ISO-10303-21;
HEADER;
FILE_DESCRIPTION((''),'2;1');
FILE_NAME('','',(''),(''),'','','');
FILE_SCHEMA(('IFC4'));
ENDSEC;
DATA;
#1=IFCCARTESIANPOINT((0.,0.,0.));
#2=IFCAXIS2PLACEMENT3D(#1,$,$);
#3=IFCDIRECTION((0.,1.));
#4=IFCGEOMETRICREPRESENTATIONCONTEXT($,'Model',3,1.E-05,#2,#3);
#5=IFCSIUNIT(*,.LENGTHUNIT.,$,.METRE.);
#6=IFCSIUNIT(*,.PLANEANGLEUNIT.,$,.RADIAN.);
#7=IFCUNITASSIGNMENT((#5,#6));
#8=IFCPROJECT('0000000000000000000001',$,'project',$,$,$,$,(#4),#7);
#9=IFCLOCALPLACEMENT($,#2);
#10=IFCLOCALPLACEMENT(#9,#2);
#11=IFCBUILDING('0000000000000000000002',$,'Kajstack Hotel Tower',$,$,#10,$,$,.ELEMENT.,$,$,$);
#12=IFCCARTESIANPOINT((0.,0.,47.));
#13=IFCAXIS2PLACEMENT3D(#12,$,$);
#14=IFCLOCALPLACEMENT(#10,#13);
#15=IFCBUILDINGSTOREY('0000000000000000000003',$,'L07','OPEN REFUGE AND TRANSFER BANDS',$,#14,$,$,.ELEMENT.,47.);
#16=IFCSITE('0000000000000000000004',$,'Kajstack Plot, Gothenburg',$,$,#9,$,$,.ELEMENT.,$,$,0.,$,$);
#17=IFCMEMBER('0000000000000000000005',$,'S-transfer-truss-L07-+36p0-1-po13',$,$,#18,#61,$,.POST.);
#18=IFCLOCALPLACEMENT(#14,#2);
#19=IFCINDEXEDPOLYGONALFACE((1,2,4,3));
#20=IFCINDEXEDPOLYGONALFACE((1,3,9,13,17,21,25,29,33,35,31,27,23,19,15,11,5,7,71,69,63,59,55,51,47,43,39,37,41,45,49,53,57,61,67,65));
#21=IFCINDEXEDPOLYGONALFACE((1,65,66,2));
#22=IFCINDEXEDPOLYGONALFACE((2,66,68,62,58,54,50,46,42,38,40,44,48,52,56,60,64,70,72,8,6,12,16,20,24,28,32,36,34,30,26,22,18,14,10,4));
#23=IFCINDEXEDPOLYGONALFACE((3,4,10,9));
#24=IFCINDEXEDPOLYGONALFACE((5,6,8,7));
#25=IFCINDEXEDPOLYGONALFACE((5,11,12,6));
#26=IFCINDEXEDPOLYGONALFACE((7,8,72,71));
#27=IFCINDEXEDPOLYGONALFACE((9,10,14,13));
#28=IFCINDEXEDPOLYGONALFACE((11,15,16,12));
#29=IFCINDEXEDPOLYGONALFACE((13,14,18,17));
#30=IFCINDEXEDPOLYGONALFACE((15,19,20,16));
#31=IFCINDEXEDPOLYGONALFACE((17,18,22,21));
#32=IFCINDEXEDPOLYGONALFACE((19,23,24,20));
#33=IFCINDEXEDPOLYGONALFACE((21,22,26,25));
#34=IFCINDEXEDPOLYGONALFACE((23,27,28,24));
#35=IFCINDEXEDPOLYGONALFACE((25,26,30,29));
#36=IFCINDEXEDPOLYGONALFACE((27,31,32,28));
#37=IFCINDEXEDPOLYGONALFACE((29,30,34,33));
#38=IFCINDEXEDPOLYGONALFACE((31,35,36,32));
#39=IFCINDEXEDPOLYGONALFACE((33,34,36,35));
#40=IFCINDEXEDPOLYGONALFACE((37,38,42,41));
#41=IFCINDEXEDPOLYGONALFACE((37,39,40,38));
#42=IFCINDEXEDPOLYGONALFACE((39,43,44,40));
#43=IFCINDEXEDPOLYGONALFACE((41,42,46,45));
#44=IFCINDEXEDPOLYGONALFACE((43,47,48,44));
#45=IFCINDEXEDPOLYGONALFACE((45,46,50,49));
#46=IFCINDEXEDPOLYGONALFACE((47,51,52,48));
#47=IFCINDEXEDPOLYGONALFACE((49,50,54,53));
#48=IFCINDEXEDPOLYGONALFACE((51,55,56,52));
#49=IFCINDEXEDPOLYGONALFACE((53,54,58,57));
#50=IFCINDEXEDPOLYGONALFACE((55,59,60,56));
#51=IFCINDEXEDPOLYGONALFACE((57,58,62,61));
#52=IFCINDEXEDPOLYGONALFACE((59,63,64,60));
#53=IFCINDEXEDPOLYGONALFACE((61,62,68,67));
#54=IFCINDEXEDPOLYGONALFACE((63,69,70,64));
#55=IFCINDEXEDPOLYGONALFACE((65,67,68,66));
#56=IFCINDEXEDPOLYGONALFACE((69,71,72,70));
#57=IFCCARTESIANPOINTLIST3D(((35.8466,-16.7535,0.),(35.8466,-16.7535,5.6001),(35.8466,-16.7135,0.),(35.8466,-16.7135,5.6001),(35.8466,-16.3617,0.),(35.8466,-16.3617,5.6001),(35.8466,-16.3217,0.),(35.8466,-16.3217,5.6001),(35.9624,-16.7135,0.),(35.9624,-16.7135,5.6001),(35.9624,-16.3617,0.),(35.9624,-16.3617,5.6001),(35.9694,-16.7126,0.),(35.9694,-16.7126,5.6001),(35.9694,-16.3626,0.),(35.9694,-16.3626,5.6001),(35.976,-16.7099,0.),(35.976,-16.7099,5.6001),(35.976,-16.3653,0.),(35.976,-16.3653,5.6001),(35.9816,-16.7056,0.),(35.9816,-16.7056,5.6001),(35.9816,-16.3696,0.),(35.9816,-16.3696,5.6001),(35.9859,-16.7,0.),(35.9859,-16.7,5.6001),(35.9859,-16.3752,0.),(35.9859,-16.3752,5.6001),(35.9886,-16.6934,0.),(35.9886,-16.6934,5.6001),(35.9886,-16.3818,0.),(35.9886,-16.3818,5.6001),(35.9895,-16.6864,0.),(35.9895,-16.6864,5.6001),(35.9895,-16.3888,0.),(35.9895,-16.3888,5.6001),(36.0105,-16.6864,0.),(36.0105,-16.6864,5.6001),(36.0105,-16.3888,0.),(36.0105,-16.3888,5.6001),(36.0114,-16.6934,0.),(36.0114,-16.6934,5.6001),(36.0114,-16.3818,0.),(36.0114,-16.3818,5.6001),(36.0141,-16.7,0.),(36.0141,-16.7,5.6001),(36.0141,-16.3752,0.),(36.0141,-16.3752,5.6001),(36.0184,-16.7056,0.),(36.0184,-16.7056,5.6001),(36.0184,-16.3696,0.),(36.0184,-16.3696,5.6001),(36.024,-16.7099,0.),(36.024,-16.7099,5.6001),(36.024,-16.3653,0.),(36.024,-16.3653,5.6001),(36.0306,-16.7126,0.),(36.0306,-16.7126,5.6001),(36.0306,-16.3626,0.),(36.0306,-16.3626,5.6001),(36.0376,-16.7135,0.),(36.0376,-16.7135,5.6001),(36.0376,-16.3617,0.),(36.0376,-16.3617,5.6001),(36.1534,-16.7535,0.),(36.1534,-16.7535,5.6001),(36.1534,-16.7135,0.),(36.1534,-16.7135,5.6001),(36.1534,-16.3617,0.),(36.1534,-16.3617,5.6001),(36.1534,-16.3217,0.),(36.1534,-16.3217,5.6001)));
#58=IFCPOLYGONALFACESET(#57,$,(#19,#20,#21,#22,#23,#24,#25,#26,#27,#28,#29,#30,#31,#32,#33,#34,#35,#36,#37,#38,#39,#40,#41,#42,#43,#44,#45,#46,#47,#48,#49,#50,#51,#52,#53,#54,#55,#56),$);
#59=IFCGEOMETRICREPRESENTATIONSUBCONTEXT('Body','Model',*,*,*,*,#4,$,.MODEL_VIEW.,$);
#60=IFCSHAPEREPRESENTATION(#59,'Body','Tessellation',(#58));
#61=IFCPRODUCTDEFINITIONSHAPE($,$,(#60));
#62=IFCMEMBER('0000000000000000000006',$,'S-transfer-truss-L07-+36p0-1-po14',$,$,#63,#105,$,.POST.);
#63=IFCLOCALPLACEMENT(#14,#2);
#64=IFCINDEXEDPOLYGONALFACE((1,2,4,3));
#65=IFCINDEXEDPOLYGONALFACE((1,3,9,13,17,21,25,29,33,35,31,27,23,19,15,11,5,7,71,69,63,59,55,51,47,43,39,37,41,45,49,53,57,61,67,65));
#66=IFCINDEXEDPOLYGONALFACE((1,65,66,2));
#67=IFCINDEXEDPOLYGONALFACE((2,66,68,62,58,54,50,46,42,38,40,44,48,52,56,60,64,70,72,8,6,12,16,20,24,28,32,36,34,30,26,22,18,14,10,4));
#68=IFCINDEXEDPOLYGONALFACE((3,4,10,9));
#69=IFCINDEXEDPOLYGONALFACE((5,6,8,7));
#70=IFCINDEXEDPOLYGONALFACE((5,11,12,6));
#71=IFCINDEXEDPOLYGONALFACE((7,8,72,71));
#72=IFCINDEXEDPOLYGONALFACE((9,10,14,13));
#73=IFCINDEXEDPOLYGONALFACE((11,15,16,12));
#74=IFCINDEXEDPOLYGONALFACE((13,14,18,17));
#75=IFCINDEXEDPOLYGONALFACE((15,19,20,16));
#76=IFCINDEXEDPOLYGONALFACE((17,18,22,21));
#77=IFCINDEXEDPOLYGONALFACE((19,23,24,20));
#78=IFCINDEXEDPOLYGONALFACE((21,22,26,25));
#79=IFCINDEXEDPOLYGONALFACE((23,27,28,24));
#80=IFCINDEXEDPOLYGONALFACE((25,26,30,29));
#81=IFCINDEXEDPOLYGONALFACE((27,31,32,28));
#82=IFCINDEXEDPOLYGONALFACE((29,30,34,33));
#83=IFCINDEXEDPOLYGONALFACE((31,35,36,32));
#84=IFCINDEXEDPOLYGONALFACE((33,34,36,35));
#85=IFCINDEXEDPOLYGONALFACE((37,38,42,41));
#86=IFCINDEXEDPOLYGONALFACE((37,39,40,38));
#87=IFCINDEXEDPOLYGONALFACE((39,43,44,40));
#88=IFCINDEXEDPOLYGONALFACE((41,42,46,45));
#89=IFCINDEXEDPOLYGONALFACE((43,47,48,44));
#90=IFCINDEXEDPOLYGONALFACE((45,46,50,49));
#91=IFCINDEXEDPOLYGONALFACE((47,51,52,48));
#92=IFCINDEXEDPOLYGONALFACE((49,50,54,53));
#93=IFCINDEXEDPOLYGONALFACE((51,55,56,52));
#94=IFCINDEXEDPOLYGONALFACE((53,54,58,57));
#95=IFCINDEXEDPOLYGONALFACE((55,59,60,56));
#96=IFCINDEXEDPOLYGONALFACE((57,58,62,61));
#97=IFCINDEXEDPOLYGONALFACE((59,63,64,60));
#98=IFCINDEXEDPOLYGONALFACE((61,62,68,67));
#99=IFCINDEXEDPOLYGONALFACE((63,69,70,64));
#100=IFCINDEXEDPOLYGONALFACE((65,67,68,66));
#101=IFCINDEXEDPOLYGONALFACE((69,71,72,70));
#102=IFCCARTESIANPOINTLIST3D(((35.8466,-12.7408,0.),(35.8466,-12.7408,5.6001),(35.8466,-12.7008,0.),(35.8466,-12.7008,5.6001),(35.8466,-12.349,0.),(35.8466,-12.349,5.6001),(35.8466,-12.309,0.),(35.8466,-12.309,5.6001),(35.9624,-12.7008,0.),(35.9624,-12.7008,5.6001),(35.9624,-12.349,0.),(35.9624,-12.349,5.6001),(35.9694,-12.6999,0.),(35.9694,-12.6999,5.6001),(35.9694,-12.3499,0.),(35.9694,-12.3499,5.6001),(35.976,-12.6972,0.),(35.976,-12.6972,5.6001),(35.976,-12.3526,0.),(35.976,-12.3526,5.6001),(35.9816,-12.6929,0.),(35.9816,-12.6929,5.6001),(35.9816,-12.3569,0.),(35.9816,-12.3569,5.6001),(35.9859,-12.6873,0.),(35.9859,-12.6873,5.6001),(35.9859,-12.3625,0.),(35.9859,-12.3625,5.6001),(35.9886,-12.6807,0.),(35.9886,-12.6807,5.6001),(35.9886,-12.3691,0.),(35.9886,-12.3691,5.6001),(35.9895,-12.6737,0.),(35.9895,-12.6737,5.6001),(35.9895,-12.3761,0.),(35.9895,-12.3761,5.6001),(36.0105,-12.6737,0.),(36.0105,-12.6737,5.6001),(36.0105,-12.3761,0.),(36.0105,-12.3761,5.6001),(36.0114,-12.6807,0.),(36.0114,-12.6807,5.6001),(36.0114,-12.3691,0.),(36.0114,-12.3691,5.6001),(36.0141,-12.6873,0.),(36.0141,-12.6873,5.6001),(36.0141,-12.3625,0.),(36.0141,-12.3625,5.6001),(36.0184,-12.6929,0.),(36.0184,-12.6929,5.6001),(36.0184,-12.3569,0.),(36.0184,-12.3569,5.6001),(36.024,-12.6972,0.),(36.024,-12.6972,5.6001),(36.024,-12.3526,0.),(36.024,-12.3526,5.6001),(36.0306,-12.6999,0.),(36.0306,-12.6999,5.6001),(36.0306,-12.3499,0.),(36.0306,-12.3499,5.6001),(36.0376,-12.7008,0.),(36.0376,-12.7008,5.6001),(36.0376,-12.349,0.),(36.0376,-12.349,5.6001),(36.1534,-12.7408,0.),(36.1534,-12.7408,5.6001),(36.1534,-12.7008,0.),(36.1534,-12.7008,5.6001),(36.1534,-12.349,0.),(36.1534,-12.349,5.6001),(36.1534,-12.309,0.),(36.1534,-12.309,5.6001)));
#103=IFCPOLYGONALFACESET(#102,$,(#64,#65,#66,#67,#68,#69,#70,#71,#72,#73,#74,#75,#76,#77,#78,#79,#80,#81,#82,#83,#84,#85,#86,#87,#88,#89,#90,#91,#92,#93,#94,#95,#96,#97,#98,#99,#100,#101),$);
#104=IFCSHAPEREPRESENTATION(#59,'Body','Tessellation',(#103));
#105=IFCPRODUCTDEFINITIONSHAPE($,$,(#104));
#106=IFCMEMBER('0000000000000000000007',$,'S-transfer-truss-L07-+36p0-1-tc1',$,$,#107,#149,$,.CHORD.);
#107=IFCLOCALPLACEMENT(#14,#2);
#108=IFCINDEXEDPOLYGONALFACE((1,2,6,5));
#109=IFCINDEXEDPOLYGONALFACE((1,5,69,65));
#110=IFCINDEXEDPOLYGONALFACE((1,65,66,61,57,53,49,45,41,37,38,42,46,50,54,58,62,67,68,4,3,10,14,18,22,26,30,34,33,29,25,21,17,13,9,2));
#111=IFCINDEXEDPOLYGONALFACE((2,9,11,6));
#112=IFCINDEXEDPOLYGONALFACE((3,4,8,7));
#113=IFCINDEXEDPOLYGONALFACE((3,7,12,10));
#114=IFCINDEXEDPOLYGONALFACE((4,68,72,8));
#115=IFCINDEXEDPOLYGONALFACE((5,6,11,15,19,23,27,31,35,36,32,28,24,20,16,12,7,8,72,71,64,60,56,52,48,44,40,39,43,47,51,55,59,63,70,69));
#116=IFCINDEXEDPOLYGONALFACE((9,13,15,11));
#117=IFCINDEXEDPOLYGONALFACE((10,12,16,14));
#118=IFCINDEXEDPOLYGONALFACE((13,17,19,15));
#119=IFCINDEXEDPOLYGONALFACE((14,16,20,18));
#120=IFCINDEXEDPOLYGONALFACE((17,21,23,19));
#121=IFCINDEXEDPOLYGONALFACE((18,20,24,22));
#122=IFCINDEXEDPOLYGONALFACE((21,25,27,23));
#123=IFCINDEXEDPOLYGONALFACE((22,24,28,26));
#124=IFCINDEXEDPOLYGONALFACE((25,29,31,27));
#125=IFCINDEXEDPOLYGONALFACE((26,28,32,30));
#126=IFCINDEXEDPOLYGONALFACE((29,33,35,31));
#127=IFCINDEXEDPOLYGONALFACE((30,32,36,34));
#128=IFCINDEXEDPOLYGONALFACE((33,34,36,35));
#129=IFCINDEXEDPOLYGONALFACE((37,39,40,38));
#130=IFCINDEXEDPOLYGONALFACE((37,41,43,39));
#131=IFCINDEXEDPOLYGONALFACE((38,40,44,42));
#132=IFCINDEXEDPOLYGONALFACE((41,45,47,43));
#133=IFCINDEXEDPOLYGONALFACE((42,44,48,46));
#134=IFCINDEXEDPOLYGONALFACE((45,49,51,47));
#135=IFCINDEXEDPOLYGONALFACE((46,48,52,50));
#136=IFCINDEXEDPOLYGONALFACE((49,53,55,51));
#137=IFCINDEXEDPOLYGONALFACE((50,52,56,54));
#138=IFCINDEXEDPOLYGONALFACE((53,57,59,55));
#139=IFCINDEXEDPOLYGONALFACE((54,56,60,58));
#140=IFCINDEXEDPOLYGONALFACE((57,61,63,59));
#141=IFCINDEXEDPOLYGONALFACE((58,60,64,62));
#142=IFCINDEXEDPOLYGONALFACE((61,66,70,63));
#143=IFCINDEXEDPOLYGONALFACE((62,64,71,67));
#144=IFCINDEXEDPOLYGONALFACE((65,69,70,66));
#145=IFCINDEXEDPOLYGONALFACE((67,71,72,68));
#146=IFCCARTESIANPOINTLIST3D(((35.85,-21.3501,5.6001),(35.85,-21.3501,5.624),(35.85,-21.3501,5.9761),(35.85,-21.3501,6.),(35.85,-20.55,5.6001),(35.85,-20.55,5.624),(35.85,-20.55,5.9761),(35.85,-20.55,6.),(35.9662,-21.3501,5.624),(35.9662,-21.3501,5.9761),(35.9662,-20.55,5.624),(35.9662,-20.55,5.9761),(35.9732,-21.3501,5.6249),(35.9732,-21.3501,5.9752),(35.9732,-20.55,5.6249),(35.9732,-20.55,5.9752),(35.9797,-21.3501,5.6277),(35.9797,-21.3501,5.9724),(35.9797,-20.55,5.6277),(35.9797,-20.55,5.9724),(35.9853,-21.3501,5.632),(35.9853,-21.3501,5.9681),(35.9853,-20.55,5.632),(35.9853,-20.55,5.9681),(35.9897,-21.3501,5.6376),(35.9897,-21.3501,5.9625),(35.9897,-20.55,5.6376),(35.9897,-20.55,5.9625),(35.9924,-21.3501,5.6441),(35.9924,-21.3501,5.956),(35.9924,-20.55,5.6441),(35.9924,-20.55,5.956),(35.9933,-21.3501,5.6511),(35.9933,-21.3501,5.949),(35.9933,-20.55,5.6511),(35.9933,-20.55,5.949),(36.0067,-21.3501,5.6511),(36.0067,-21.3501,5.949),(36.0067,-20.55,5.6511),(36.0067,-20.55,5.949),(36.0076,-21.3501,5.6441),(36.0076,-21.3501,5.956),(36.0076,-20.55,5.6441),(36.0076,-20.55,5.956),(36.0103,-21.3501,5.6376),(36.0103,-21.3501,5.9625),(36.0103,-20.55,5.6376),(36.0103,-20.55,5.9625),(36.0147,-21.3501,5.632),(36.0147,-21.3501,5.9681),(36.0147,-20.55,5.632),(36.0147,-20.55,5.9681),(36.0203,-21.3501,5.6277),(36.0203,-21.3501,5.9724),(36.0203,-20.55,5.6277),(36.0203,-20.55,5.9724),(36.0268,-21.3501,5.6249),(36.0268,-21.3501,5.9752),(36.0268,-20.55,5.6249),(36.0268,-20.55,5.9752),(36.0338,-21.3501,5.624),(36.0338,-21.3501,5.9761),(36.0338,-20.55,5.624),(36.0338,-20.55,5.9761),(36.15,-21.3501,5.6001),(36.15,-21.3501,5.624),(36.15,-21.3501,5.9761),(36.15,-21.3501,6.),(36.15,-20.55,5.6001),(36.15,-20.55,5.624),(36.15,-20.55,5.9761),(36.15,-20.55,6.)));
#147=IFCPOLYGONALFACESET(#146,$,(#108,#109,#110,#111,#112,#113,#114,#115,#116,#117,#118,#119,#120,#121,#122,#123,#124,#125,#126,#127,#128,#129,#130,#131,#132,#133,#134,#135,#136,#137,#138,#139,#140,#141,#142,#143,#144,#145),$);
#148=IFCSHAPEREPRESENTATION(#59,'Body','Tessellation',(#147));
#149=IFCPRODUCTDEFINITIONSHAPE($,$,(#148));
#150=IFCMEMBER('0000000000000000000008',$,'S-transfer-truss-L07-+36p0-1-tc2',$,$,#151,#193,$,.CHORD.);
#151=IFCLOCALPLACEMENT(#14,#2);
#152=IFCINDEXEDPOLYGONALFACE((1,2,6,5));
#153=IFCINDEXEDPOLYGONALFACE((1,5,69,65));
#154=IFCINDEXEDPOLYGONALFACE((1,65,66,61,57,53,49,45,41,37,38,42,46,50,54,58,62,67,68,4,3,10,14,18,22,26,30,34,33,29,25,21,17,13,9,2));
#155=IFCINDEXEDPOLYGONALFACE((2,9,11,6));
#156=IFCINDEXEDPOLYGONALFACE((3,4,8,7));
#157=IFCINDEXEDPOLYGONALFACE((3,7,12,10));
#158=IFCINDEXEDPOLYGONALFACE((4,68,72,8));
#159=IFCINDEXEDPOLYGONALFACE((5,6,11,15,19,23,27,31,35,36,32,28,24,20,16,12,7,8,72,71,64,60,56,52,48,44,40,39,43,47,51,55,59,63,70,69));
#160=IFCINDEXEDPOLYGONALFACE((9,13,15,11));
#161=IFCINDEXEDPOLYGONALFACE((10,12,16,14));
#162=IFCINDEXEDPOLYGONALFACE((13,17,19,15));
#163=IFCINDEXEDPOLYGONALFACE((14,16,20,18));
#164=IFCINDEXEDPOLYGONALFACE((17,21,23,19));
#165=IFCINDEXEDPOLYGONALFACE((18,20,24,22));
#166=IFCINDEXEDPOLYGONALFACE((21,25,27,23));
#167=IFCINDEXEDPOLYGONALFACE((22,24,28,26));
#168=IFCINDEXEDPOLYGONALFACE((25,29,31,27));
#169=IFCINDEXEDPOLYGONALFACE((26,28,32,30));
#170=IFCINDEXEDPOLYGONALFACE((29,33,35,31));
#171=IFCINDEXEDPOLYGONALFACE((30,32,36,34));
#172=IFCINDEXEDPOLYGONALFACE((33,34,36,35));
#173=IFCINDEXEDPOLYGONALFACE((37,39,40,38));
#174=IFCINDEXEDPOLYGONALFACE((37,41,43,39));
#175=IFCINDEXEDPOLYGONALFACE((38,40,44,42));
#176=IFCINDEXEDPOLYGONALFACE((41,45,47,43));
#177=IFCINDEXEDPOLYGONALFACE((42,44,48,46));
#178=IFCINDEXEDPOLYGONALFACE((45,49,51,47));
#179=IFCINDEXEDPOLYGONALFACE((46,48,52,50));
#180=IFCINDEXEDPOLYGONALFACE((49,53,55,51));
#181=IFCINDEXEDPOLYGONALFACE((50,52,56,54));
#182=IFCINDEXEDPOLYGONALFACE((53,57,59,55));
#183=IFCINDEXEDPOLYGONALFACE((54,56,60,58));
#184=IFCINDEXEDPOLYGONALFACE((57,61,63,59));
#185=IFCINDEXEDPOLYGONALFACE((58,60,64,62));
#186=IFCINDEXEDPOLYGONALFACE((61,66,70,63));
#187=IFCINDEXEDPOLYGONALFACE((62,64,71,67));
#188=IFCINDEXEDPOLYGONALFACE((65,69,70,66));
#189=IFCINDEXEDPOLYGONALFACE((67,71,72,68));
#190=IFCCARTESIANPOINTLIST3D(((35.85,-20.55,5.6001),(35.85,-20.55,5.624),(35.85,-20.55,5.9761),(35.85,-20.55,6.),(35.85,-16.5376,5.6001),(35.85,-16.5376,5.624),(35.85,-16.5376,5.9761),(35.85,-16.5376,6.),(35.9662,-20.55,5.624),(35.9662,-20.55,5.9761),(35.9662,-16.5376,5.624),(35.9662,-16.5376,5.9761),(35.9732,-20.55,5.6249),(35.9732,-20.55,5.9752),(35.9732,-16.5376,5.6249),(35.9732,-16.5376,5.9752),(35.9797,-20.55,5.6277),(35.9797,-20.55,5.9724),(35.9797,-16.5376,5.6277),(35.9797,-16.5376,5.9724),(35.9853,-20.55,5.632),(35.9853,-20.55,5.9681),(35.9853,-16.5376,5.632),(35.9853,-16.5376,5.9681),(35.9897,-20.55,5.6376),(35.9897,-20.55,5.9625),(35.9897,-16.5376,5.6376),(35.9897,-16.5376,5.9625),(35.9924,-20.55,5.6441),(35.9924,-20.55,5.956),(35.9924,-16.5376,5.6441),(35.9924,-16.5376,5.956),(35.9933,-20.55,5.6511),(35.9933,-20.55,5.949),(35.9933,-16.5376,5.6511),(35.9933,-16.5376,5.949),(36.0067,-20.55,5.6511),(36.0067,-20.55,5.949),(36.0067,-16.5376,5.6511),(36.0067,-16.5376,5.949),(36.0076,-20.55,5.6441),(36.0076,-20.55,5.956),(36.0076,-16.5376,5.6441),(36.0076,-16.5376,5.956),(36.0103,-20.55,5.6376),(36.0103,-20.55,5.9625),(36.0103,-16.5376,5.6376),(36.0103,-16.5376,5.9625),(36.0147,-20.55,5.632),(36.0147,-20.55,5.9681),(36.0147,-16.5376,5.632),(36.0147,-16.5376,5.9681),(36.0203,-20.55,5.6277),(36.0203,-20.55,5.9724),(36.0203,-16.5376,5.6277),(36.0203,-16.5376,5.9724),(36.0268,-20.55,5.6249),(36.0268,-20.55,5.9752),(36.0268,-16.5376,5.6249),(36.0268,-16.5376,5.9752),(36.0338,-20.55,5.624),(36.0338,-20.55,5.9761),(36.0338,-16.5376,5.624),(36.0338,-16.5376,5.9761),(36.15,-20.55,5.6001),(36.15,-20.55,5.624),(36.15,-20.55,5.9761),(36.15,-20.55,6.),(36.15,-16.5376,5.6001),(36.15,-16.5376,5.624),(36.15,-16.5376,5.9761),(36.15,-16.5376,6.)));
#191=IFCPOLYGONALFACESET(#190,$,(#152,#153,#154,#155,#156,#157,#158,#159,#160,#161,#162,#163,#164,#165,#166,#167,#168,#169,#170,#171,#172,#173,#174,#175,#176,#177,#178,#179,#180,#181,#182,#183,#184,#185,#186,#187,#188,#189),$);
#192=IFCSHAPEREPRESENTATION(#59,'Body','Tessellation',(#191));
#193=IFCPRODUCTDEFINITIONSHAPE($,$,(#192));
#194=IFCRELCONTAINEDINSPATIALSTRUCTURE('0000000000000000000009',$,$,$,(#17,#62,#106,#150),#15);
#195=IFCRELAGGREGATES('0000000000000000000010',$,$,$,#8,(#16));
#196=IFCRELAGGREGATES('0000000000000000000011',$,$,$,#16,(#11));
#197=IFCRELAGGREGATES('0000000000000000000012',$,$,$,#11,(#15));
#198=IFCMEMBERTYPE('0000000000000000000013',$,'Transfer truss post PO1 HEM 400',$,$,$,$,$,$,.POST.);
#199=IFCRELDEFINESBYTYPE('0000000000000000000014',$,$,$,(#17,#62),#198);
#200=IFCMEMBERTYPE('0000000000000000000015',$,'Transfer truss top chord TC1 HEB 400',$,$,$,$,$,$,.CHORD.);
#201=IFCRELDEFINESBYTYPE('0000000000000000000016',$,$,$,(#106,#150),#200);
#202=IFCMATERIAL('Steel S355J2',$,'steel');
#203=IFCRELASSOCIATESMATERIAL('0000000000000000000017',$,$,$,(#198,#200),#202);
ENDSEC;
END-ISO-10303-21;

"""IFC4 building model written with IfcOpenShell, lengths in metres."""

from ifc_helpers import new_model, si_unit, direction, frame, origin, origin_2d, place, context, subcontext, project, spatial, i_section, extrude, material, material_profile, profile_set, type_object, element, save


model = new_model("IFC4")

# Units and contexts
model_context = context("Model", 3, precision=1e-05, world=origin(), true_north=direction((0.0, 1.0)))
body_context = subcontext(model_context, "Body", "Model", "MODEL_VIEW")
ifc_project = project(units=[si_unit("LENGTHUNIT", "METRE"), si_unit("PLANEANGLEUNIT", "RADIAN")], contexts=[model_context])

# Site, building, storey
site_placement = place(None, origin())
site = spatial("IfcSite", under=ifc_project, at=site_placement, Name="Kajstack Plot, Gothenburg", CompositionType="ELEMENT", RefElevation=0.0)
building_placement = place(site_placement, origin())
building = spatial("IfcBuilding", under=site, at=building_placement, Name="Kajstack Hotel Tower", CompositionType="ELEMENT")
storey_placement = place(building_placement, frame((0.0, 0.0, 47.0)))
storey = spatial("IfcBuildingStorey", under=building, at=storey_placement, Name="L07", Description="OPEN REFUGE AND TRANSFER BANDS", CompositionType="ELEMENT", Elevation=47.0)

# Members
ifc_material_1 = material(Name="Steel S355J2", Category="steel")
ifc_material_profile_1 = material_profile(ifc_material_1, i_section(OverallWidth=0.3069, OverallDepth=0.4319, WebThickness=0.021, FlangeThickness=0.04, FilletRadius=0.0271, at=origin_2d()), Name="HEM 400")
ifc_profile_set_1 = profile_set([ifc_material_profile_1], Name="Steel S355J2")
member_type_1 = type_object("IfcMemberType", Name="Transfer truss post PO1 HEM 400", PredefinedType="POST", material=ifc_profile_set_1)
for number, where, z_axis, x_axis, name in (
    (1, (36.0, -16.5376, 0.0), (0.0, 0.0, 1.0), (1.0, 0.0, 0.0), "S-transfer-truss-L07-+36p0-1-po13"),
    (2, (36.0, -12.5249, 0.0), (0.0, 0.0, 1.0), (1.0, 0.0, 0.0), "S-transfer-truss-L07-+36p0-1-po14"),
):
    element("IfcMember", number, at=place(storey_placement, frame(where, z_axis=z_axis, x_axis=x_axis)), inside=storey, type_object=member_type_1, Name=name, PredefinedType="POST", context=body_context, shape_type="SweptSolid", body=[
        extrude(i_section(OverallWidth=0.3069, OverallDepth=0.4319, WebThickness=0.021, FlangeThickness=0.04, FilletRadius=0.0271, at=origin_2d()), origin(), (0.0, 0.0, 1.0), 5.6001),
    ])
ifc_material_profile_2 = material_profile(ifc_material_1, i_section(OverallWidth=0.3, OverallDepth=0.3999, WebThickness=0.0134, FlangeThickness=0.0239, FilletRadius=0.0271, at=origin_2d()), Name="HEB 400")
ifc_profile_set_2 = profile_set([ifc_material_profile_2], Name="Steel S355J2")
member_type_2 = type_object("IfcMemberType", Name="Transfer truss top chord TC1 HEB 400", PredefinedType="CHORD", material=ifc_profile_set_2)
member_1_placement = place(storey_placement, frame((36.0, -21.3501, 5.8), z_axis=(0.0, 1.0, 0.0), x_axis=(-1.0, 0.0, 0.0)))
element("IfcMember", 3, at=member_1_placement, inside=storey, type_object=member_type_2, Name="S-transfer-truss-L07-+36p0-1-tc1", PredefinedType="CHORD", context=body_context, shape_type="SweptSolid", body=[
    extrude(i_section(OverallWidth=0.3, OverallDepth=0.3999, WebThickness=0.0134, FlangeThickness=0.0239, FilletRadius=0.0271, at=origin_2d()), origin(), (0.0, 0.0, 1.0), 0.8),
])
member_2_placement = place(storey_placement, frame((36.0, -20.55, 5.8), z_axis=(0.0, 1.0, 0.0), x_axis=(-1.0, 0.0, 0.0)))
element("IfcMember", 4, at=member_2_placement, inside=storey, type_object=member_type_2, Name="S-transfer-truss-L07-+36p0-1-tc2", PredefinedType="CHORD", context=body_context, shape_type="SweptSolid", body=[
    extrude(i_section(OverallWidth=0.3, OverallDepth=0.3999, WebThickness=0.0134, FlangeThickness=0.0239, FilletRadius=0.0271, at=origin_2d()), origin(), (0.0, 0.0, 1.0), 4.0125),
])

save(model, "model.ifc")
